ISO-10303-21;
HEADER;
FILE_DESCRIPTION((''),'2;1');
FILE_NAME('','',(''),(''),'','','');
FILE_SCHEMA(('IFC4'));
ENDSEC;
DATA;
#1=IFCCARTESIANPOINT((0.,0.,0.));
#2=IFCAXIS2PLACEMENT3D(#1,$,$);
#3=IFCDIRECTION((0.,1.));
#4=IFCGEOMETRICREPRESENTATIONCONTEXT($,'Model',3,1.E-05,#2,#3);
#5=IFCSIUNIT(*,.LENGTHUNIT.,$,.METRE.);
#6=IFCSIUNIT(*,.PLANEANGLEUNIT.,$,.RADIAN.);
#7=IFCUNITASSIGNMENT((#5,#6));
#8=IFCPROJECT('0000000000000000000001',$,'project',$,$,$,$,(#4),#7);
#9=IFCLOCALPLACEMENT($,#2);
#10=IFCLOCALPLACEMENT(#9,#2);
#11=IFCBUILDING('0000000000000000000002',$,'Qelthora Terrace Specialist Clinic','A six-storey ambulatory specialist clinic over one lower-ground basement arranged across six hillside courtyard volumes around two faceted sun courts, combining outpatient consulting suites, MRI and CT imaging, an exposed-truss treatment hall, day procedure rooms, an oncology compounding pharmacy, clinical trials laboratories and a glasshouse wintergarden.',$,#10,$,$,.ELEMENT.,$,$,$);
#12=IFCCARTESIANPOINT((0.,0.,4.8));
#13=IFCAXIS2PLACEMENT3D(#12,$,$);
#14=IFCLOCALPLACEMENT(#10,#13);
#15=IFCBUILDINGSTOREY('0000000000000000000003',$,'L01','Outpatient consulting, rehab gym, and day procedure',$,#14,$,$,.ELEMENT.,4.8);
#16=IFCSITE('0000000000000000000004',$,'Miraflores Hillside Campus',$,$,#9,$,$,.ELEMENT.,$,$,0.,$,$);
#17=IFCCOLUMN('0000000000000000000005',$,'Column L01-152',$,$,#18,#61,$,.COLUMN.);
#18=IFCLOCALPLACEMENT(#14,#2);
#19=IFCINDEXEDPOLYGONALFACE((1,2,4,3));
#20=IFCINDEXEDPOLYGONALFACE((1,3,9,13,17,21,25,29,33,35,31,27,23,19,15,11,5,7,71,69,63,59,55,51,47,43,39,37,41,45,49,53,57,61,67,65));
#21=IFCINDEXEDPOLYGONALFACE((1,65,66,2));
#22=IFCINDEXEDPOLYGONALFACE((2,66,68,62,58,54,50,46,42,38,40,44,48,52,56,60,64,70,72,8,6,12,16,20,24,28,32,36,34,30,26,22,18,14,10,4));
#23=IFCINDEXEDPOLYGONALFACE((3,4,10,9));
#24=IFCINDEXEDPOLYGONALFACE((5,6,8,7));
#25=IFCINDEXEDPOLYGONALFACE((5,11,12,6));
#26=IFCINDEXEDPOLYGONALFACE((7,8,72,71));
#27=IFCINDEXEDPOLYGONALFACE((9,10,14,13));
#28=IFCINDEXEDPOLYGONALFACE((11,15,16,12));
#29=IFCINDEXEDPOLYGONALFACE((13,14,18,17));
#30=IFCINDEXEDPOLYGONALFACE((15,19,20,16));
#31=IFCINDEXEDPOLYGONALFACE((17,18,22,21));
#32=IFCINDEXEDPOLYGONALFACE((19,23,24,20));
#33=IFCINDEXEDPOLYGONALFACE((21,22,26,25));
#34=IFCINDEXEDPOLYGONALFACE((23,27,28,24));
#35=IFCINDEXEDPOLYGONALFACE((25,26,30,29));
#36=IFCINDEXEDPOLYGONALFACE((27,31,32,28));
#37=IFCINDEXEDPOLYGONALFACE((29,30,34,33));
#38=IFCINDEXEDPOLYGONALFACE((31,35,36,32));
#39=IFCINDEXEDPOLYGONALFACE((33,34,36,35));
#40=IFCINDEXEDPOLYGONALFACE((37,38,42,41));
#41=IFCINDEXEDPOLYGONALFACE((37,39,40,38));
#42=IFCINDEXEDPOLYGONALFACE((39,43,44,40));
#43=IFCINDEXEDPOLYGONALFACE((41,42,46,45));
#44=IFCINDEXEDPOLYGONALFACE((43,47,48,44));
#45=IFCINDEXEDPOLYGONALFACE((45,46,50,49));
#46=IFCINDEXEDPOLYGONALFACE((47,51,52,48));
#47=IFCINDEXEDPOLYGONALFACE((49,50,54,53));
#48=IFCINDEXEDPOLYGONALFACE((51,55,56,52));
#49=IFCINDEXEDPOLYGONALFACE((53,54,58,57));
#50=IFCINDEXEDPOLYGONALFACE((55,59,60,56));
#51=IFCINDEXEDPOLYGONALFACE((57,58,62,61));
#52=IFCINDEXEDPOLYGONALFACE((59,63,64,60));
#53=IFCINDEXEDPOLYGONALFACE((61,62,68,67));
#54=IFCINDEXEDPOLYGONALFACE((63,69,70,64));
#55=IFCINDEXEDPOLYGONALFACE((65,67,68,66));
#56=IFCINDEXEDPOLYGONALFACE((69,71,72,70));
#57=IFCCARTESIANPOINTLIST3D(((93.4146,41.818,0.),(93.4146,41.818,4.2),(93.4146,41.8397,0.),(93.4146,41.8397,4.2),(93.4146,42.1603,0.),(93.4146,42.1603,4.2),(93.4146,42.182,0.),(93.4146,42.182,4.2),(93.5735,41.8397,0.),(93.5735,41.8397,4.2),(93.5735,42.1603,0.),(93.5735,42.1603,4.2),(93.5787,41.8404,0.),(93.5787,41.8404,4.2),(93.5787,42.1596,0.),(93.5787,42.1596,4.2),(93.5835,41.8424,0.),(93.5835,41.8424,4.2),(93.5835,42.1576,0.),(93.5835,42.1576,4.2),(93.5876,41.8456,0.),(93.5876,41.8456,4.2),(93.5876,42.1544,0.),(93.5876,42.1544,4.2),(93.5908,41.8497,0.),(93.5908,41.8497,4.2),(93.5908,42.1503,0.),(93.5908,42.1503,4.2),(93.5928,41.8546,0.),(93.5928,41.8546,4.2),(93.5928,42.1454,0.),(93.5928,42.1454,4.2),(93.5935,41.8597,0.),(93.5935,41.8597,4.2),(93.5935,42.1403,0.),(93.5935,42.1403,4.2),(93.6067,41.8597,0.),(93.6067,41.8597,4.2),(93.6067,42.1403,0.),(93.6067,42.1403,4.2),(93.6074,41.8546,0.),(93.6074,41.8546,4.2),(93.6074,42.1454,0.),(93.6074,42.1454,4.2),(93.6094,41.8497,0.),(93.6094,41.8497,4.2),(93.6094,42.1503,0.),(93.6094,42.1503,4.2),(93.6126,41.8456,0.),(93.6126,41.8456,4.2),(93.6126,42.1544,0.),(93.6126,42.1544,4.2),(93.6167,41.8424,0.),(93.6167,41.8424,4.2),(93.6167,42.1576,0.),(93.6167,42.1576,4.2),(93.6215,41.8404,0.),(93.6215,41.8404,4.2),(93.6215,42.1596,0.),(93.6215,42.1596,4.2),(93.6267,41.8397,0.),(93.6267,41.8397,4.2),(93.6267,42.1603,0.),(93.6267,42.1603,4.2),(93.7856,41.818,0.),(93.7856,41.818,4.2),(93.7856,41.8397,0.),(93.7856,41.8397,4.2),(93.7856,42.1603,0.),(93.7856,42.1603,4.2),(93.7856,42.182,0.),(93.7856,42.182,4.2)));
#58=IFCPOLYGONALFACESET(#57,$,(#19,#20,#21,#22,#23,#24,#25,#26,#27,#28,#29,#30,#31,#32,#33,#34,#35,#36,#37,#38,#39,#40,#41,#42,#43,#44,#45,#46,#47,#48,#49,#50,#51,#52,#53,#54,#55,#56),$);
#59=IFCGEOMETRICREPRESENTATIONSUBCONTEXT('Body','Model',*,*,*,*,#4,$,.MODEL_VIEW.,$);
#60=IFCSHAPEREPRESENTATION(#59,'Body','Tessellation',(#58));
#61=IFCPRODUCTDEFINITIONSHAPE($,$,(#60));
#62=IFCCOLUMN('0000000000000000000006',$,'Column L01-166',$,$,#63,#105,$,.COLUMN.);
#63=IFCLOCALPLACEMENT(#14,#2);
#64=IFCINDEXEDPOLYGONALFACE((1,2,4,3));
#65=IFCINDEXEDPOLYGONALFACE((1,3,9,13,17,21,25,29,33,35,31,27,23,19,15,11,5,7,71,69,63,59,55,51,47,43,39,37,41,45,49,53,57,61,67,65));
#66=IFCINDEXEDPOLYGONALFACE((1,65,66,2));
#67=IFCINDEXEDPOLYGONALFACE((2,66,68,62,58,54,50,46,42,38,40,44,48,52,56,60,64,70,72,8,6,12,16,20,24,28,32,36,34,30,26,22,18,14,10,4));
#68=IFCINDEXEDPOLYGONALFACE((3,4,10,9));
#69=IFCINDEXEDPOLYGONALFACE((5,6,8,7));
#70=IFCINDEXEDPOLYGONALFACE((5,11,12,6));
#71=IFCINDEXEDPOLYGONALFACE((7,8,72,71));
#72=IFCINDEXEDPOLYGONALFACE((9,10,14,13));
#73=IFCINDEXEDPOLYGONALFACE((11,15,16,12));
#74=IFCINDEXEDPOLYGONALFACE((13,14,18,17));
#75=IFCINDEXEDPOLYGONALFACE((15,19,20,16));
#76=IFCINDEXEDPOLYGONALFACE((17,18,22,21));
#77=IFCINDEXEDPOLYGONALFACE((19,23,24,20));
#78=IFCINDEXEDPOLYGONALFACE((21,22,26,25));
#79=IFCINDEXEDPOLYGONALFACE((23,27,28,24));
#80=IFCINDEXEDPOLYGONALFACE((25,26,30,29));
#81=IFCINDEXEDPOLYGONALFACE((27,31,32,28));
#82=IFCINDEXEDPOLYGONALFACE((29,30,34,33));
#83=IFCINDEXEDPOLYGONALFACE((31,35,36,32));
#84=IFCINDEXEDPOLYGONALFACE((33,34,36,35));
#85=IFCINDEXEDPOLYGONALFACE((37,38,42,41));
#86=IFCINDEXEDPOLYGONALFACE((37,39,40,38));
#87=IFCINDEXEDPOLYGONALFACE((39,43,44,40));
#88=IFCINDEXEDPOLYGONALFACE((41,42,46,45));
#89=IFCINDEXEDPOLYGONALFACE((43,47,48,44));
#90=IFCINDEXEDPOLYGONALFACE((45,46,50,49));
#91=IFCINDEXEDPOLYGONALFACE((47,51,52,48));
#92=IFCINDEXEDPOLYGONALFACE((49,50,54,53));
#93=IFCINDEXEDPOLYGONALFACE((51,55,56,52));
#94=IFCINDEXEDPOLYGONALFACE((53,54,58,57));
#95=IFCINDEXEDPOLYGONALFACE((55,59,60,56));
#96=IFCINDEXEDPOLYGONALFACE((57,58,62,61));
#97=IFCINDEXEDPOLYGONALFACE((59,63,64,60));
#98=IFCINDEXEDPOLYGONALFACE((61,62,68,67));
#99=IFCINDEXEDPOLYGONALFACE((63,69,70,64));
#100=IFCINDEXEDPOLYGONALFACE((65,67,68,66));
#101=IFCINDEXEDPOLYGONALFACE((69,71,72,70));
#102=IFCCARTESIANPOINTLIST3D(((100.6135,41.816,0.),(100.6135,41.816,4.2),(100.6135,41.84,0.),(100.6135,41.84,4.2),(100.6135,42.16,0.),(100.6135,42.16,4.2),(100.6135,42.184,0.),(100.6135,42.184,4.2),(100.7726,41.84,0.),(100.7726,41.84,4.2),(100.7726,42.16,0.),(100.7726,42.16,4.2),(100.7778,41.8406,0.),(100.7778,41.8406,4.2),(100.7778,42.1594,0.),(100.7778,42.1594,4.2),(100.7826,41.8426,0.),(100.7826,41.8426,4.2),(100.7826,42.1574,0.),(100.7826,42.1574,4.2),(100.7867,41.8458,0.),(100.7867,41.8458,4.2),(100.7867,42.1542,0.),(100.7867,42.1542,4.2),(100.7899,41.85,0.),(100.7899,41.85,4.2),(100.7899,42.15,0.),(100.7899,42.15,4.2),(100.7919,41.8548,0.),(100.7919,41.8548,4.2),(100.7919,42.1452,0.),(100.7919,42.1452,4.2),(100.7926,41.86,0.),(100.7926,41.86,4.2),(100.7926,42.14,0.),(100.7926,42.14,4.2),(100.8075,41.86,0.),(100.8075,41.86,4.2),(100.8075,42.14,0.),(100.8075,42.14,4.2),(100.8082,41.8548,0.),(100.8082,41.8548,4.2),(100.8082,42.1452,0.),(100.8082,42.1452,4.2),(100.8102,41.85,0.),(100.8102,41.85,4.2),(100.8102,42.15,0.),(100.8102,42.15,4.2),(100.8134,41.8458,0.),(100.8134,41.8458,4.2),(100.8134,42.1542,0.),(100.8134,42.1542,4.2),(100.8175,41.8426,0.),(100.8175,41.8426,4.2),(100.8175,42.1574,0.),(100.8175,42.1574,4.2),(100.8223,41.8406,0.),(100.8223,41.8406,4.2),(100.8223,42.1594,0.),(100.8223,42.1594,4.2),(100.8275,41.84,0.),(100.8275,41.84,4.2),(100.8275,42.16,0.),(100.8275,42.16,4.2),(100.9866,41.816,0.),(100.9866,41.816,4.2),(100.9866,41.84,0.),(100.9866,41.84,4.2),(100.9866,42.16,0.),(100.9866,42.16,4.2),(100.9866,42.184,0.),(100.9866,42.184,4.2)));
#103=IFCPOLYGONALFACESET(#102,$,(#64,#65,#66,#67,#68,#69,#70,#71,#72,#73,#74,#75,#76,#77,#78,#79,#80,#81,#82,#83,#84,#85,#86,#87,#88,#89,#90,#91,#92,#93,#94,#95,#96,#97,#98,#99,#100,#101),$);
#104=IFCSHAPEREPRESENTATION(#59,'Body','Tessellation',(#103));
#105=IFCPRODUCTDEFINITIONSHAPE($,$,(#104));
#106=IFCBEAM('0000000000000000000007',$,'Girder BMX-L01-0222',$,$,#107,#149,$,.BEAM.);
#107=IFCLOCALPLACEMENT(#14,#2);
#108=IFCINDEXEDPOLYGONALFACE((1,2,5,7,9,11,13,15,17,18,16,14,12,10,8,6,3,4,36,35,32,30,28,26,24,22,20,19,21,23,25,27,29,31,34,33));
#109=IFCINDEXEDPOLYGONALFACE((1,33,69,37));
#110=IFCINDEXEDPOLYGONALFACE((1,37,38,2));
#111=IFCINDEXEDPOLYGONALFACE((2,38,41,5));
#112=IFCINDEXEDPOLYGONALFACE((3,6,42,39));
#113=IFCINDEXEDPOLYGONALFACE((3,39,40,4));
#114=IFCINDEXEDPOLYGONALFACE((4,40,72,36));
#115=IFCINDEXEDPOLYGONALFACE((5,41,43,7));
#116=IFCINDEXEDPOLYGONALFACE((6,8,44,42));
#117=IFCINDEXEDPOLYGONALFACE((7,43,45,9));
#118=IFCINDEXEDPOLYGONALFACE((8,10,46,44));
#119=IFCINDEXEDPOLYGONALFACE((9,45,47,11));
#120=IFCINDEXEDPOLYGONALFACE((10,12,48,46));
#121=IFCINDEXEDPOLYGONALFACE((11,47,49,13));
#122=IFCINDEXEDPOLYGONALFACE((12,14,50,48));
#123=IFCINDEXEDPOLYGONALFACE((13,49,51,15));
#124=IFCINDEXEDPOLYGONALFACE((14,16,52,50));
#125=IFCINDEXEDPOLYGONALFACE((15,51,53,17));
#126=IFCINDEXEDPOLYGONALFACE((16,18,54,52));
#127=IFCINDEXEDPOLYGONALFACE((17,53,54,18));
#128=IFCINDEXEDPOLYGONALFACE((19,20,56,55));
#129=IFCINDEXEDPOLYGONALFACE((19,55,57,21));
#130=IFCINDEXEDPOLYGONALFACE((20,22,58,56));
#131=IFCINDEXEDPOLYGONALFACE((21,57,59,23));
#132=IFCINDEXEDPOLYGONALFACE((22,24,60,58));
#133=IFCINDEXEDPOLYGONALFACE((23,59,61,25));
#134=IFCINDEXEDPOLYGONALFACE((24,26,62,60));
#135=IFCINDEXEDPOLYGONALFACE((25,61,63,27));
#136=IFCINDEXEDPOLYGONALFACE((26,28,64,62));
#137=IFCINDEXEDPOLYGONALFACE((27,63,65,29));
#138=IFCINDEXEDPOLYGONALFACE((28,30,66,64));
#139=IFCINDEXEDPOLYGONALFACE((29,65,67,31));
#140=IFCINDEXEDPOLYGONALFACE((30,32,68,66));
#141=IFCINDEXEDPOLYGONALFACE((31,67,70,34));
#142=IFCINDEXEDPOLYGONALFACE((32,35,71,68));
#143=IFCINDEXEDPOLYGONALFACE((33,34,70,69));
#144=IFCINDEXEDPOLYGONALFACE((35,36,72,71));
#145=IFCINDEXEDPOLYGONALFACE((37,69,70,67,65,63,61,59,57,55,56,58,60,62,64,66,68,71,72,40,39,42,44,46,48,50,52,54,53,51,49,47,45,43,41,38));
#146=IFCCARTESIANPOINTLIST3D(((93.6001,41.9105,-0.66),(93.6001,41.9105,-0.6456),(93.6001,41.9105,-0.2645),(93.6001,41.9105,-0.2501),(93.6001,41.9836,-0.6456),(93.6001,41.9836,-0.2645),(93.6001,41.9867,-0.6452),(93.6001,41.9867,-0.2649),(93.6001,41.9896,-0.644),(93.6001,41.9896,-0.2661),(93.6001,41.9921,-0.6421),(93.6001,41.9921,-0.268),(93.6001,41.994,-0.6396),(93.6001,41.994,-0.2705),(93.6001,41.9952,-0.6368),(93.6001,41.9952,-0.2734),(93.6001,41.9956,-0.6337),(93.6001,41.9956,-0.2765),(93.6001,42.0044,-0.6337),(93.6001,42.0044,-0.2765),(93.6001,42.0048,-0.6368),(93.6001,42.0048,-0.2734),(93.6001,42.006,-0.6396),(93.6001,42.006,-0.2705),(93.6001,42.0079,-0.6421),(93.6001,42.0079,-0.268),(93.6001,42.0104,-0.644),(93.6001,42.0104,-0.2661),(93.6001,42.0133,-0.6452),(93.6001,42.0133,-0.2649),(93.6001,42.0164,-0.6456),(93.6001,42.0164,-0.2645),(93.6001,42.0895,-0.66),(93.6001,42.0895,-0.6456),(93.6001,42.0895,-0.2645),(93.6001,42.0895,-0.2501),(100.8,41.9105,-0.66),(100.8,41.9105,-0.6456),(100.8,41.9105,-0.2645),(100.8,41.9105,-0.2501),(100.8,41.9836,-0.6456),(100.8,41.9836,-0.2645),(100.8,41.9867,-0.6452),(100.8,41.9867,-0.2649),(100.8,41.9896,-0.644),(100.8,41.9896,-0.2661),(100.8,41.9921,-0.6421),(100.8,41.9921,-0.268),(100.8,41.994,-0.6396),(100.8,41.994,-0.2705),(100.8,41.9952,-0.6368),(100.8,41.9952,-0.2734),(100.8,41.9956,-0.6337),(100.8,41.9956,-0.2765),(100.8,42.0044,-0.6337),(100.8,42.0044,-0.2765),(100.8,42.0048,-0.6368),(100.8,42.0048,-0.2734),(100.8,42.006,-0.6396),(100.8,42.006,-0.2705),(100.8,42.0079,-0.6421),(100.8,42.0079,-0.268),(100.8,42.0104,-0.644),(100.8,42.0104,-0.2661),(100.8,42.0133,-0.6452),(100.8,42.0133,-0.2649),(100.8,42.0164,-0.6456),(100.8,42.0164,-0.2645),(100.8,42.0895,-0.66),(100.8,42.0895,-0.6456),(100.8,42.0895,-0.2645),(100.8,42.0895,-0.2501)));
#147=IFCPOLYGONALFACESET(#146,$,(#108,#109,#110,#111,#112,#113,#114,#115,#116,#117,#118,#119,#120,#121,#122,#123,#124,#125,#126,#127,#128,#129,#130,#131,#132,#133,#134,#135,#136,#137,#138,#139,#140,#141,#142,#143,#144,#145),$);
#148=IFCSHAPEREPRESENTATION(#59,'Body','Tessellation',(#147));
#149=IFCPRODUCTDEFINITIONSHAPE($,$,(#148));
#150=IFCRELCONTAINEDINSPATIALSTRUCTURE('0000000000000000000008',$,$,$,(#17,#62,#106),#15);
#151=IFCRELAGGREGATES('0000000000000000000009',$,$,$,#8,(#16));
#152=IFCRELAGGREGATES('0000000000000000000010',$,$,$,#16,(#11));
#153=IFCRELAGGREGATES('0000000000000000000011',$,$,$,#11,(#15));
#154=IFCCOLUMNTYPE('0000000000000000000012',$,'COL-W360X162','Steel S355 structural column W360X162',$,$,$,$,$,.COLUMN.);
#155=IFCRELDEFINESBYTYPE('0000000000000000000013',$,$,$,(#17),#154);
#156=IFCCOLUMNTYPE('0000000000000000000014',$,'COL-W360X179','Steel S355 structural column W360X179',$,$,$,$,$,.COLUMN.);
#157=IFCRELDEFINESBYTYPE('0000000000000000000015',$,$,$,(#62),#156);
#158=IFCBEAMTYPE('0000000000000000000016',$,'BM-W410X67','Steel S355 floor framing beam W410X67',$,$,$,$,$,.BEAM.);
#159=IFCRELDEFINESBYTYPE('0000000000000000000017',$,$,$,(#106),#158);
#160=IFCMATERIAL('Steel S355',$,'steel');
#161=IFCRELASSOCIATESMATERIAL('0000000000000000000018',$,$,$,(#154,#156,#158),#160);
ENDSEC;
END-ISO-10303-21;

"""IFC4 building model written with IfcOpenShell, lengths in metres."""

from ifc_helpers import new_model, si_unit, direction, frame, origin, origin_2d, place, context, subcontext, project, spatial, i_section, extrude, material, material_profile, profile_set, type_object, element, save


model = new_model("IFC4")

# Units and contexts
model_context = context("Model", 3, precision=1e-05, world=origin(), true_north=direction((0.0, 1.0)))
body_context = subcontext(model_context, "Body", "Model", "MODEL_VIEW")
ifc_project = project(units=[si_unit("LENGTHUNIT", "METRE"), si_unit("PLANEANGLEUNIT", "RADIAN")], contexts=[model_context])

# Site, building, storey
site_placement = place(None, origin())
site = spatial("IfcSite", under=ifc_project, at=site_placement, Name="Miraflores Hillside Campus", CompositionType="ELEMENT", RefElevation=0.0)
building_placement = place(site_placement, origin())
building = spatial("IfcBuilding", under=site, at=building_placement, Name="Qelthora Terrace Specialist Clinic", Description="A six-storey ambulatory specialist clinic over one lower-ground basement arranged across six hillside courtyard volumes around two faceted sun courts, combining outpatient consulting suites, MRI and CT imaging, an exposed-truss treatment hall, day procedure rooms, an oncology compounding pharmacy, clinical trials laboratories and a glasshouse wintergarden.", CompositionType="ELEMENT")
storey_placement = place(building_placement, frame((0.0, 0.0, 4.8)))
storey = spatial("IfcBuildingStorey", under=building, at=storey_placement, Name="L01", Description="Outpatient consulting, rehab gym, and day procedure", CompositionType="ELEMENT", Elevation=4.8)

# Columns
ifc_material_1 = material(Name="Steel S355", Category="steel")
ifc_material_profile_1 = material_profile(ifc_material_1, i_section(OverallWidth=0.3711, OverallDepth=0.364, WebThickness=0.0132, FlangeThickness=0.0217, FilletRadius=0.02, at=origin_2d()), Name="W360X162")
ifc_profile_set_1 = profile_set([ifc_material_profile_1], Name="Steel S355")
column_type_1 = type_object("IfcColumnType", Name="COL-W360X162", Description="Steel S355 structural column W360X162", PredefinedType="COLUMN", material=ifc_profile_set_1)
column_1_placement = place(storey_placement, frame((93.6001, 42.0, 0.0), z_axis=(0.0, 0.0, 1.0), x_axis=(1.0, 0.0, 0.0)))
element("IfcColumn", 1, at=column_1_placement, inside=storey, type_object=column_type_1, Name="Column L01-152", PredefinedType="COLUMN", context=body_context, shape_type="SweptSolid", body=[
    extrude(i_section(OverallWidth=0.3711, OverallDepth=0.364, WebThickness=0.0132, FlangeThickness=0.0217, FilletRadius=0.02, at=origin_2d()), origin(), (0.0, 0.0, 1.0), 4.2),
])
ifc_material_profile_2 = material_profile(ifc_material_1, i_section(OverallWidth=0.373, OverallDepth=0.3679, WebThickness=0.0149, FlangeThickness=0.0239, FilletRadius=0.02, at=origin_2d()), Name="W360X179")
ifc_profile_set_2 = profile_set([ifc_material_profile_2], Name="Steel S355")
column_type_2 = type_object("IfcColumnType", Name="COL-W360X179", Description="Steel S355 structural column W360X179", PredefinedType="COLUMN", material=ifc_profile_set_2)
column_2_placement = place(storey_placement, frame((100.8, 42.0, 0.0), z_axis=(0.0, 0.0, 1.0), x_axis=(1.0, 0.0, 0.0)))
element("IfcColumn", 2, at=column_2_placement, inside=storey, type_object=column_type_2, Name="Column L01-166", PredefinedType="COLUMN", context=body_context, shape_type="SweptSolid", body=[
    extrude(i_section(OverallWidth=0.373, OverallDepth=0.3679, WebThickness=0.0149, FlangeThickness=0.0239, FilletRadius=0.02, at=origin_2d()), origin(), (0.0, 0.0, 1.0), 4.2),
])

# Beam
ifc_material_profile_3 = material_profile(ifc_material_1, i_section(OverallWidth=0.179, OverallDepth=0.4099, WebThickness=0.0088, FlangeThickness=0.0144, FilletRadius=0.012, at=origin_2d()), Name="W410X67")
ifc_profile_set_3 = profile_set([ifc_material_profile_3], Name="Steel S355")
beam_type_1 = type_object("IfcBeamType", Name="BM-W410X67", Description="Steel S355 floor framing beam W410X67", PredefinedType="BEAM", material=ifc_profile_set_3)
beam_1_placement = place(storey_placement, frame((93.6001, 42.0, -0.4551), z_axis=(1.0, 0.0, 0.0), x_axis=(0.0, 1.0, 0.0)))
element("IfcBeam", 3, at=beam_1_placement, inside=storey, type_object=beam_type_1, Name="Girder BMX-L01-0222", PredefinedType="BEAM", context=body_context, shape_type="SweptSolid", body=[
    extrude(i_section(OverallWidth=0.179, OverallDepth=0.4099, WebThickness=0.0088, FlangeThickness=0.0144, FilletRadius=0.012, at=origin_2d()), origin(), (0.0, 0.0, 1.0), 7.2),
])

save(model, "model.ifc")
